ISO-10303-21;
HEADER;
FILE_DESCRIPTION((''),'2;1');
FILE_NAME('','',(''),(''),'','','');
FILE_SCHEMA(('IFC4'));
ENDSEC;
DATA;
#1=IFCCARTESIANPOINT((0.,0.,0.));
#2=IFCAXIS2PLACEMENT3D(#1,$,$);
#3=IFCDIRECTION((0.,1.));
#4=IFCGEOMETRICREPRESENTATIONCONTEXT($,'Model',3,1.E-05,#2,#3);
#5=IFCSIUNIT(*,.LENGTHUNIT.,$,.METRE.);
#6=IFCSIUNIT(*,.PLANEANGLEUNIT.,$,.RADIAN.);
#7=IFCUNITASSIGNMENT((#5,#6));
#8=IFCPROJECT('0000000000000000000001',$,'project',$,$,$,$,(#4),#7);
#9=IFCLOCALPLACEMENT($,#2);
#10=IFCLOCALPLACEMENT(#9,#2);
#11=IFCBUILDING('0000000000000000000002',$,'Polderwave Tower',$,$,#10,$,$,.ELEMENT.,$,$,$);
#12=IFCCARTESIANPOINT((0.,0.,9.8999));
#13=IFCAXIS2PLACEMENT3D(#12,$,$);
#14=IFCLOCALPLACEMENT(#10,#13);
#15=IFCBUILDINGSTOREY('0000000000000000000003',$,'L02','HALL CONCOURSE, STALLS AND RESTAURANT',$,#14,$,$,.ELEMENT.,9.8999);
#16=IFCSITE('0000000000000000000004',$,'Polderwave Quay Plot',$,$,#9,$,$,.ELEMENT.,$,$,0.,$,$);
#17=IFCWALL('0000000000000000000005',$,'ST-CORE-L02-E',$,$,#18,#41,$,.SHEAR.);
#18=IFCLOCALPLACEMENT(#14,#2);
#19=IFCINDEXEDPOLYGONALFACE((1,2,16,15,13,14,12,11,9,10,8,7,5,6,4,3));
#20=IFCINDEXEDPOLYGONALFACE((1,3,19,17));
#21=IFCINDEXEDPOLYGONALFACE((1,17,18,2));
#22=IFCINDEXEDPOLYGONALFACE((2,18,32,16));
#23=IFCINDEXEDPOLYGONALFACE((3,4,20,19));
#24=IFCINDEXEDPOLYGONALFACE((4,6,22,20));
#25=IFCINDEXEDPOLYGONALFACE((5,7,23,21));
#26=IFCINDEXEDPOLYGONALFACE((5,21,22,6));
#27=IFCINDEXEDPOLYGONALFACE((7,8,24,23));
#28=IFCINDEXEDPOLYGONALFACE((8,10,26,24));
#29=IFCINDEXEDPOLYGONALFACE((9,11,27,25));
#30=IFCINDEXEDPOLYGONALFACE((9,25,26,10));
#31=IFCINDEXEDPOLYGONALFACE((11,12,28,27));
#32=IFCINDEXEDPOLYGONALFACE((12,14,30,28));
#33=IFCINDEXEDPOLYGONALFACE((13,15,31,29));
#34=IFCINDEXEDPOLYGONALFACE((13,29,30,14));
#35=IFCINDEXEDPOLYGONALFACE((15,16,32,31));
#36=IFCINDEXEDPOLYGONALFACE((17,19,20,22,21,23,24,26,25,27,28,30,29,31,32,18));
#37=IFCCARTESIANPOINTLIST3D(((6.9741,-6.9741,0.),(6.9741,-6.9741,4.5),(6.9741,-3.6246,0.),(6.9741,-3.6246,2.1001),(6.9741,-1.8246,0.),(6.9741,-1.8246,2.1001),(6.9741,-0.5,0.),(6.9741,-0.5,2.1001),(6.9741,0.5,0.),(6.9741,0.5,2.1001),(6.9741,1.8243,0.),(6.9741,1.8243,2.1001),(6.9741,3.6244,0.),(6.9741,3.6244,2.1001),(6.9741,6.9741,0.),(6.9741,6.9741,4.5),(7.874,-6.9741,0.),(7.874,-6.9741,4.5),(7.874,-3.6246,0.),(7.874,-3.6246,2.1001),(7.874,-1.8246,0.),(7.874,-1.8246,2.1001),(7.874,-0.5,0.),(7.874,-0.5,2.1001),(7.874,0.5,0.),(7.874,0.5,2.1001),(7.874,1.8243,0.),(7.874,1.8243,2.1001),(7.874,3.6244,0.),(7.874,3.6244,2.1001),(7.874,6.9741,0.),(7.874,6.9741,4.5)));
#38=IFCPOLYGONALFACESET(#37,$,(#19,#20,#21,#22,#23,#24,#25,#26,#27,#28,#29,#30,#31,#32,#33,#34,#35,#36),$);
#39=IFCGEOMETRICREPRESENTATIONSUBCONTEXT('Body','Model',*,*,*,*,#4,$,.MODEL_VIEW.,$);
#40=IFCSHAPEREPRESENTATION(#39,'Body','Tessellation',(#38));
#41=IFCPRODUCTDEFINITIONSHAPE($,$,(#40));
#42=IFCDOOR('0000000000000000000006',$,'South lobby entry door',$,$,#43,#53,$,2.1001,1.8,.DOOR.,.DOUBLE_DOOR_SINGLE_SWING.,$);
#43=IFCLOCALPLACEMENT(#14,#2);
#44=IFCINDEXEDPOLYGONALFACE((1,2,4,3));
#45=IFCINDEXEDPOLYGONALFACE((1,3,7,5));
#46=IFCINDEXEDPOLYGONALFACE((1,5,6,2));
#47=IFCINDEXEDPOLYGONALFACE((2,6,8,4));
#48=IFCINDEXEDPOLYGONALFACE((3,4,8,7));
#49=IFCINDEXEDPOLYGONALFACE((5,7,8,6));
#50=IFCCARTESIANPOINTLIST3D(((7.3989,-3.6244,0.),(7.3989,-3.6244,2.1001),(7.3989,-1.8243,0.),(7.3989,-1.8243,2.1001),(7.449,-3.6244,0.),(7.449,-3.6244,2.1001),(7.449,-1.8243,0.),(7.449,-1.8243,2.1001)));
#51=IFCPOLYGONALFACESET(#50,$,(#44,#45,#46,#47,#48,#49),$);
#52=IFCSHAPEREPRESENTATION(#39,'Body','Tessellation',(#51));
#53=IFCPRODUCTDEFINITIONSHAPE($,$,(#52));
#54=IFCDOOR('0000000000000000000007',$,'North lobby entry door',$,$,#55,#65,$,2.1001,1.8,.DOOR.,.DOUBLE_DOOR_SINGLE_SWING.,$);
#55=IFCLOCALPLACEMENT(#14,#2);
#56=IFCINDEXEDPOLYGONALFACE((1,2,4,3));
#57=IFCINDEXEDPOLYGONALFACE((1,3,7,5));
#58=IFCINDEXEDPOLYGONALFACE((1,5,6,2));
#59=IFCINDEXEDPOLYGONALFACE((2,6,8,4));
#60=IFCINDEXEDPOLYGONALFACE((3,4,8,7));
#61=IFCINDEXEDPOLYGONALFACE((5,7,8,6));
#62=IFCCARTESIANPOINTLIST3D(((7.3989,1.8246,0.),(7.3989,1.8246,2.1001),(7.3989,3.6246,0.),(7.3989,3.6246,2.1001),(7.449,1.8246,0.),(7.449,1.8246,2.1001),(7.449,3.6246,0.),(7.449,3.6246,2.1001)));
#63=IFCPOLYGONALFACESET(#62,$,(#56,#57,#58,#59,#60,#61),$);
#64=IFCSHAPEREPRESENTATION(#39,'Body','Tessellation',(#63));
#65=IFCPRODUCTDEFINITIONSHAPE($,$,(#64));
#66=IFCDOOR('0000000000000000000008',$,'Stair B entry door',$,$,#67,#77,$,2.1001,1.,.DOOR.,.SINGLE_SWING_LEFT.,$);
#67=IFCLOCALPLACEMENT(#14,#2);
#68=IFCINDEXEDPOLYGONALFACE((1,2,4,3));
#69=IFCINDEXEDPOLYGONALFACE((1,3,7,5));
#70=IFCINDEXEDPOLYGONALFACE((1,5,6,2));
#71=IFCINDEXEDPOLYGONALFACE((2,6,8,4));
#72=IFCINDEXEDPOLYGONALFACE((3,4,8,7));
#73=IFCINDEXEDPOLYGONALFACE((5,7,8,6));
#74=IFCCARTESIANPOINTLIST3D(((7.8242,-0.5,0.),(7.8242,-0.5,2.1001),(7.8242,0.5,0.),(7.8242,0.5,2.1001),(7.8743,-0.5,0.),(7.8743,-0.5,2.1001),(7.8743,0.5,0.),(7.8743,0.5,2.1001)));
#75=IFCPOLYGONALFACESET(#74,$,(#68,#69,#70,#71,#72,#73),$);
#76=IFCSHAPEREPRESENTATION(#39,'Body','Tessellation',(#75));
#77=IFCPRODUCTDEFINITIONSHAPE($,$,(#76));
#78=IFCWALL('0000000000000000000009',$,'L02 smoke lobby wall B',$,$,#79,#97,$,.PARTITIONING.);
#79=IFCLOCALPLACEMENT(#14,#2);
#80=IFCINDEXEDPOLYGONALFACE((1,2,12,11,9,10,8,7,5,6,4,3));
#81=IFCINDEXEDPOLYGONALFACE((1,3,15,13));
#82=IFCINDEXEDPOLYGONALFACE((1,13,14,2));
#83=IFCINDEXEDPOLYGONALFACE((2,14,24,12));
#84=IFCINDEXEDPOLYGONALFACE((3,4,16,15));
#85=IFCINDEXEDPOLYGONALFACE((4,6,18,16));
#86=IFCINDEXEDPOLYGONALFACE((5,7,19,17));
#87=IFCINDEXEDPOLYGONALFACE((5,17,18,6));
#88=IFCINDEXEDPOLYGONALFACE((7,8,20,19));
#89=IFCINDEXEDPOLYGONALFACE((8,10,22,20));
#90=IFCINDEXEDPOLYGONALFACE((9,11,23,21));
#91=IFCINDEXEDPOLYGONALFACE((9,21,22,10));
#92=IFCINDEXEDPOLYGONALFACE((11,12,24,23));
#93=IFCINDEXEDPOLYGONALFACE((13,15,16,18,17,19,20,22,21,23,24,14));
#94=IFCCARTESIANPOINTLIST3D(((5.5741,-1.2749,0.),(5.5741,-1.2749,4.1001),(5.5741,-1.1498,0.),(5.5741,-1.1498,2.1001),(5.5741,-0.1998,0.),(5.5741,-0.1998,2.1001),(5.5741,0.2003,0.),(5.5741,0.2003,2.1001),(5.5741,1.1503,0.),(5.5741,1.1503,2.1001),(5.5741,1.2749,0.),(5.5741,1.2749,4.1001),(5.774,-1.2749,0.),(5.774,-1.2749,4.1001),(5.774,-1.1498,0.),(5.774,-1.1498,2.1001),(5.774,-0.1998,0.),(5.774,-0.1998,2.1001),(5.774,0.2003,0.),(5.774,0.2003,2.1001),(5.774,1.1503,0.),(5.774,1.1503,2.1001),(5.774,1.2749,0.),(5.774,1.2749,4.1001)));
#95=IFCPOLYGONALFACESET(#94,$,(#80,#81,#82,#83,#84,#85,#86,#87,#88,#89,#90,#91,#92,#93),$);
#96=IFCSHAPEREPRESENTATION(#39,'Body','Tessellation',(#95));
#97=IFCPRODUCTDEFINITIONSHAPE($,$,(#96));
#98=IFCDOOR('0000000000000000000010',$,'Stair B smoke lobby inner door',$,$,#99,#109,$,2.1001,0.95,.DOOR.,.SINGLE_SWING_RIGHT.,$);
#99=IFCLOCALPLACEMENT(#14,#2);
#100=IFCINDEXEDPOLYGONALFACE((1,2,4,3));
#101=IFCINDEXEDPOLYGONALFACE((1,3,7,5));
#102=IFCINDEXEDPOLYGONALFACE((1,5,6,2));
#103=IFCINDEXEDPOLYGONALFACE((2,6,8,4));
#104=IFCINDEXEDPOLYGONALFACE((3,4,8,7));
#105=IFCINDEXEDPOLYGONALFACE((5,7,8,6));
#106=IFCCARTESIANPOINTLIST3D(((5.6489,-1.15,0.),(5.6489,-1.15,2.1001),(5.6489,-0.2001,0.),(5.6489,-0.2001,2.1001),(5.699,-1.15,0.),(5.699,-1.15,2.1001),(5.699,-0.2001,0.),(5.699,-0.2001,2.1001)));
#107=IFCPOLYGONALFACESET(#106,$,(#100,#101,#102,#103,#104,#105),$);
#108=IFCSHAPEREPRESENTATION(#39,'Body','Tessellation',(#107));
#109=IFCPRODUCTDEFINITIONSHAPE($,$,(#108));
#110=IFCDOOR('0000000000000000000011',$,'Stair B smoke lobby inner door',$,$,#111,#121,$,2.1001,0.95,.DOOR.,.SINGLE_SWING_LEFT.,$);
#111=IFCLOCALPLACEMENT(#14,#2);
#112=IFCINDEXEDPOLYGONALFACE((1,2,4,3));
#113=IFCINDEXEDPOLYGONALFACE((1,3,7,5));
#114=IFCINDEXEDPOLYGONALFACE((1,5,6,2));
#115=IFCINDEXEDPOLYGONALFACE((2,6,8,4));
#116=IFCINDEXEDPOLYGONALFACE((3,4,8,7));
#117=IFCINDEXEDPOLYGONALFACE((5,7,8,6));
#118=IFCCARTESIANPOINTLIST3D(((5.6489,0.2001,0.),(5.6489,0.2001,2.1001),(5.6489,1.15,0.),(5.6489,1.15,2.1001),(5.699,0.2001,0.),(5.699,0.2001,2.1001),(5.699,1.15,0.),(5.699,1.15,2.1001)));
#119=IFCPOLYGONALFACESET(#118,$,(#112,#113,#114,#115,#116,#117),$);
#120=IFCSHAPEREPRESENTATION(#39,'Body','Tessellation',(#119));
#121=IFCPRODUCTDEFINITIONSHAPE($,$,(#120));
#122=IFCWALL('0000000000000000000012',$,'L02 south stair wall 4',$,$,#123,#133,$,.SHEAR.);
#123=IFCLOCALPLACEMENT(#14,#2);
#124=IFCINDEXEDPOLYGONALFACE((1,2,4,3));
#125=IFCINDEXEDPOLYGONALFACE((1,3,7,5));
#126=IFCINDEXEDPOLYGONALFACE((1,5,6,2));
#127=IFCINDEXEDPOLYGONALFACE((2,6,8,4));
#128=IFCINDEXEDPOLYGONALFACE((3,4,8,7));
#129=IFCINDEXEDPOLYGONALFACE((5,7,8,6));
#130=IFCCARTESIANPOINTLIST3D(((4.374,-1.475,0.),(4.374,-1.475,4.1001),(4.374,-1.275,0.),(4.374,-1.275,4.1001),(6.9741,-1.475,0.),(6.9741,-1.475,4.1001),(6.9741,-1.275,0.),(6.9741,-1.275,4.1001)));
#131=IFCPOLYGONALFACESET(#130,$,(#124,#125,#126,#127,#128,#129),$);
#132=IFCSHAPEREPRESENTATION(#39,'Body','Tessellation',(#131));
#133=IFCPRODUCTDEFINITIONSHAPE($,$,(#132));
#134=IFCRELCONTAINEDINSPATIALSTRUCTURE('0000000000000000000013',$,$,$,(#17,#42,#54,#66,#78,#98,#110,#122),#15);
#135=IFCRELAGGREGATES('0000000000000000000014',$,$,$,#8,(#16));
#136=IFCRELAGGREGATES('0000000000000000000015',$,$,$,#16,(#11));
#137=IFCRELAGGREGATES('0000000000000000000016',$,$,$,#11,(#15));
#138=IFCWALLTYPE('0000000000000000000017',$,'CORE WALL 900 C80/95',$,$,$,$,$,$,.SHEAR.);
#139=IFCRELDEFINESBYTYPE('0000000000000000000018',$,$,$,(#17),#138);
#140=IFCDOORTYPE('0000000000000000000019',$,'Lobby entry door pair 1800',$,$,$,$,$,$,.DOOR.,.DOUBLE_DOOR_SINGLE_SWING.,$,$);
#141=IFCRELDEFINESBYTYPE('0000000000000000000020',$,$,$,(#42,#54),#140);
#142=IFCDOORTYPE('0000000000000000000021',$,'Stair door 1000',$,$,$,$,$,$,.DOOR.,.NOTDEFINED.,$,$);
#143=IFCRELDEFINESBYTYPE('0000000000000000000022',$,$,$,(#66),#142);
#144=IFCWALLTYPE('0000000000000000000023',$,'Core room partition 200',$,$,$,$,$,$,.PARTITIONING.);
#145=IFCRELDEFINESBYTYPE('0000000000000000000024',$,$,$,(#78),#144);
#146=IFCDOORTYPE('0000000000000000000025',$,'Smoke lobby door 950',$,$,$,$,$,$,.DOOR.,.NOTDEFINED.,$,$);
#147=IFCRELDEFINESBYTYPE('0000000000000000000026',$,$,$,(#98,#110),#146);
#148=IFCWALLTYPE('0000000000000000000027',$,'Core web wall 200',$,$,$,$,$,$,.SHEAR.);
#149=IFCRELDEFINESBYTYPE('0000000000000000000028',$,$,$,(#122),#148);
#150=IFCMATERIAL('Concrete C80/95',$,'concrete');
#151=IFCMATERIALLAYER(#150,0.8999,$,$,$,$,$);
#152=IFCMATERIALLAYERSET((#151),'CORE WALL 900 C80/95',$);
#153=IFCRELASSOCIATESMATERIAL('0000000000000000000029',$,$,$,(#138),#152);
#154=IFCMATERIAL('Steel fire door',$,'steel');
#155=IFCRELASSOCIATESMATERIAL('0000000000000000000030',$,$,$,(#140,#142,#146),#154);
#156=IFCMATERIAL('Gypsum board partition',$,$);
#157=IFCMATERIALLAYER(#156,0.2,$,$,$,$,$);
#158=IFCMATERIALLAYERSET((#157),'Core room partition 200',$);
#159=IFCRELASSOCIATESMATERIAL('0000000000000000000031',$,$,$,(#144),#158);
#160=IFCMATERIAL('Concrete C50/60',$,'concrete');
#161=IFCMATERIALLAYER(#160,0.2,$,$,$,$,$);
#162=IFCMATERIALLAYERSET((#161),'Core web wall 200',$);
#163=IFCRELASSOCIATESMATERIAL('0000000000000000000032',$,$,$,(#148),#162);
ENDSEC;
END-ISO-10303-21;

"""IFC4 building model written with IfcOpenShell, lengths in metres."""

from ifc_helpers import new_model, si_unit, direction, frame, frame_2d, origin, place, context, subcontext, project, spatial, rectangle, extrude, material, layer, layer_set, type_object, element, fill, save


model = new_model("IFC4")

# Units and contexts
model_context = context("Model", 3, precision=1e-05, world=origin(), true_north=direction((0.0, 1.0)))
body_context = subcontext(model_context, "Body", "Model", "MODEL_VIEW")
ifc_project = project(units=[si_unit("LENGTHUNIT", "METRE"), si_unit("PLANEANGLEUNIT", "RADIAN")], contexts=[model_context])

# Site, building, storey
site_placement = place(None, origin())
site = spatial("IfcSite", under=ifc_project, at=site_placement, Name="Polderwave Quay Plot", CompositionType="ELEMENT", RefElevation=0.0)
building_placement = place(site_placement, origin())
building = spatial("IfcBuilding", under=site, at=building_placement, Name="Polderwave Tower", CompositionType="ELEMENT")
storey_placement = place(building_placement, frame((0.0, 0.0, 9.8999)))
storey = spatial("IfcBuildingStorey", under=building, at=storey_placement, Name="L02", Description="HALL CONCOURSE, STALLS AND RESTAURANT", CompositionType="ELEMENT", Elevation=9.8999)

# Walls, openings, doors
ifc_material_1 = material(Name="Concrete C80/95", Category="concrete")
ifc_layer_1 = layer(ifc_material_1, 0.8999)
ifc_layer_set_1 = layer_set([ifc_layer_1], Name="CORE WALL 900 C80/95")
wall_type_1 = type_object("IfcWallType", Name="CORE WALL 900 C80/95", PredefinedType="SHEAR", material=ifc_layer_set_1)
wall_1_placement = place(storey_placement, frame((7.4241, -6.9741, 0.0), z_axis=(0.0, 0.0, 1.0), x_axis=(0.0, 1.0, 0.0)))
wall_1 = element("IfcWall", 1, at=wall_1_placement, inside=storey, type_object=wall_type_1, Name="ST-CORE-L02-E", PredefinedType="SHEAR", context=body_context, shape_type="SweptSolid", body=[
    extrude(rectangle(XDim=13.9482, YDim=0.8999, at=frame_2d((6.9741, 0.0))), origin(), (0.0, 0.0, 1.0), 4.5),
])
opening_1_placement = place(wall_1_placement, frame((6.4741, 0.0, 0.0)))
opening_1 = element("IfcOpeningElement", 2, at=opening_1_placement, cuts=wall_1, PredefinedType="OPENING", context=body_context, shape_type="SweptSolid", body=[
    extrude(rectangle(XDim=1.0, YDim=2.1001, at=frame_2d((0.5, 1.05))), frame((0.0, 0.46, 0.0), z_axis=(0.0, -1.0, 0.0), x_axis=(1.0, 0.0, 0.0)), (0.0, 0.0, 1.0), 0.9199),
])
opening_2_placement = place(wall_1_placement, frame((3.3496, 0.0, 0.0)))
opening_2 = element("IfcOpeningElement", 3, at=opening_2_placement, cuts=wall_1, PredefinedType="OPENING", context=body_context, shape_type="SweptSolid", body=[
    extrude(rectangle(XDim=1.8, YDim=2.1001, at=frame_2d((0.8999, 1.05))), frame((0.0, 0.46, 0.0), z_axis=(0.0, -1.0, 0.0), x_axis=(1.0, 0.0, 0.0)), (0.0, 0.0, 1.0), 0.9199),
])
opening_3_placement = place(wall_1_placement, frame((8.7986, 0.0, 0.0)))
opening_3 = element("IfcOpeningElement", 4, at=opening_3_placement, cuts=wall_1, PredefinedType="OPENING", context=body_context, shape_type="SweptSolid", body=[
    extrude(rectangle(XDim=1.8, YDim=2.1001, at=frame_2d((0.8999, 1.05))), frame((0.0, 0.46, 0.0), z_axis=(0.0, -1.0, 0.0), x_axis=(1.0, 0.0, 0.0)), (0.0, 0.0, 1.0), 0.9199),
])
ifc_material_2 = material(Name="Steel fire door", Category="steel")
door_type_1 = type_object("IfcDoorType", Name="Lobby entry door pair 1800", OperationType="DOUBLE_DOOR_SINGLE_SWING", PredefinedType="DOOR", material=ifc_material_2)
door_1_placement = place(opening_2_placement, frame((1.8, 0.0, 0.0), z_axis=(0.0, 0.0, 1.0), x_axis=(-1.0, 0.0, 0.0)))
door_1 = element("IfcDoor", 5, at=door_1_placement, inside=storey, type_object=door_type_1, Name="South lobby entry door", OperationType="DOUBLE_DOOR_SINGLE_SWING", OverallHeight=2.1001, OverallWidth=1.8, PredefinedType="DOOR", context=body_context, shape_type="SweptSolid", body=[
    extrude(rectangle(XDim=1.8, YDim=2.1001, at=frame_2d((0.8999, 1.05))), frame((0.0, 0.0249, 0.0), z_axis=(0.0, -1.0, 0.0), x_axis=(1.0, 0.0, 0.0)), (0.0, 0.0, 1.0), 0.05),
])
fill(opening_2, door_1)
door_2_placement = place(opening_3_placement, frame((1.8, 0.0, 0.0), z_axis=(0.0, 0.0, 1.0), x_axis=(-1.0, 0.0, 0.0)))
door_2 = element("IfcDoor", 6, at=door_2_placement, inside=storey, type_object=door_type_1, Name="North lobby entry door", OperationType="DOUBLE_DOOR_SINGLE_SWING", OverallHeight=2.1001, OverallWidth=1.8, PredefinedType="DOOR", context=body_context, shape_type="SweptSolid", body=[
    extrude(rectangle(XDim=1.8, YDim=2.1001, at=frame_2d((0.8999, 1.05))), frame((0.0, 0.0249, 0.0), z_axis=(0.0, -1.0, 0.0), x_axis=(1.0, 0.0, 0.0)), (0.0, 0.0, 1.0), 0.05),
])
fill(opening_3, door_2)
door_type_2 = type_object("IfcDoorType", Name="Stair door 1000", OperationType="NOTDEFINED", PredefinedType="DOOR", material=ifc_material_2)
door_3_placement = place(opening_1_placement, frame((1.0, 0.0, 0.0), z_axis=(0.0, 0.0, 1.0), x_axis=(-1.0, 0.0, 0.0)))
door_3 = element("IfcDoor", 7, at=door_3_placement, inside=storey, type_object=door_type_2, Name="Stair B entry door", OperationType="SINGLE_SWING_LEFT", OverallHeight=2.1001, OverallWidth=1.0, PredefinedType="DOOR", context=body_context, shape_type="SweptSolid", body=[
    extrude(rectangle(XDim=1.0, YDim=2.1001, at=frame_2d((0.5, 1.05))), frame((0.0, 0.4502, 0.0), z_axis=(0.0, -1.0, 0.0), x_axis=(1.0, 0.0, 0.0)), (0.0, 0.0, 1.0), 0.05),
])
fill(opening_1, door_3)
ifc_material_3 = material(Name="Gypsum board partition")
ifc_layer_2 = layer(ifc_material_3, 0.2)
ifc_layer_set_2 = layer_set([ifc_layer_2], Name="Core room partition 200")
wall_type_2 = type_object("IfcWallType", Name="Core room partition 200", PredefinedType="PARTITIONING", material=ifc_layer_set_2)
wall_2_placement = place(storey_placement, frame((5.6741, -1.2749, 0.0), z_axis=(0.0, 0.0, 1.0), x_axis=(0.0, 1.0, 0.0)))
wall_2 = element("IfcWall", 8, at=wall_2_placement, inside=storey, type_object=wall_type_2, Name="L02 smoke lobby wall B", PredefinedType="PARTITIONING", context=body_context, shape_type="SweptSolid", body=[
    extrude(rectangle(XDim=2.5498, YDim=0.2, at=frame_2d((1.2749, 0.0))), origin(), (0.0, 0.0, 1.0), 4.1001),
])
opening_4_placement = place(wall_2_placement, frame((0.125, 0.0, 0.0)))
opening_4 = element("IfcOpeningElement", 9, at=opening_4_placement, cuts=wall_2, PredefinedType="OPENING", context=body_context, shape_type="SweptSolid", body=[
    extrude(rectangle(XDim=0.95, YDim=2.1001, at=frame_2d((0.4751, 1.05))), frame((0.0, 0.1099, 0.0), z_axis=(0.0, -1.0, 0.0), x_axis=(1.0, 0.0, 0.0)), (0.0, 0.0, 1.0), 0.22),
])
opening_5_placement = place(wall_2_placement, frame((1.4751, 0.0, 0.0)))
opening_5 = element("IfcOpeningElement", 10, at=opening_5_placement, cuts=wall_2, PredefinedType="OPENING", context=body_context, shape_type="SweptSolid", body=[
    extrude(rectangle(XDim=0.95, YDim=2.1001, at=frame_2d((0.4751, 1.05))), frame((0.0, 0.1099, 0.0), z_axis=(0.0, -1.0, 0.0), x_axis=(1.0, 0.0, 0.0)), (0.0, 0.0, 1.0), 0.22),
])
door_type_3 = type_object("IfcDoorType", Name="Smoke lobby door 950", OperationType="NOTDEFINED", PredefinedType="DOOR", material=ifc_material_2)
door_4_placement = place(opening_4_placement, frame((0.95, 0.0, 0.0), z_axis=(0.0, 0.0, 1.0), x_axis=(-1.0, 0.0, 0.0)))
door_4 = element("IfcDoor", 11, at=door_4_placement, inside=storey, type_object=door_type_3, Name="Stair B smoke lobby inner door", OperationType="SINGLE_SWING_RIGHT", OverallHeight=2.1001, OverallWidth=0.95, PredefinedType="DOOR", context=body_context, shape_type="SweptSolid", body=[
    extrude(rectangle(XDim=0.95, YDim=2.1001, at=frame_2d((0.4751, 1.05))), frame((0.0, 0.0249, 0.0), z_axis=(0.0, -1.0, 0.0), x_axis=(1.0, 0.0, 0.0)), (0.0, 0.0, 1.0), 0.05),
])
fill(opening_4, door_4)
door_5_placement = place(opening_5_placement, frame((0.95, 0.0, 0.0), z_axis=(0.0, 0.0, 1.0), x_axis=(-1.0, 0.0, 0.0)))
door_5 = element("IfcDoor", 12, at=door_5_placement, inside=storey, type_object=door_type_3, Name="Stair B smoke lobby inner door", OperationType="SINGLE_SWING_LEFT", OverallHeight=2.1001, OverallWidth=0.95, PredefinedType="DOOR", context=body_context, shape_type="SweptSolid", body=[
    extrude(rectangle(XDim=0.95, YDim=2.1001, at=frame_2d((0.4751, 1.05))), frame((0.0, 0.0249, 0.0), z_axis=(0.0, -1.0, 0.0), x_axis=(1.0, 0.0, 0.0)), (0.0, 0.0, 1.0), 0.05),
])
fill(opening_5, door_5)

# Wall
ifc_material_4 = material(Name="Concrete C50/60", Category="concrete")
ifc_layer_3 = layer(ifc_material_4, 0.2)
ifc_layer_set_3 = layer_set([ifc_layer_3], Name="Core web wall 200")
wall_type_3 = type_object("IfcWallType", Name="Core web wall 200", PredefinedType="SHEAR", material=ifc_layer_set_3)
wall_3_placement = place(storey_placement, frame((4.374, -1.375, 0.0), z_axis=(0.0, 0.0, 1.0), x_axis=(1.0, 0.0, 0.0)))
element("IfcWall", 13, at=wall_3_placement, inside=storey, type_object=wall_type_3, Name="L02 south stair wall 4", PredefinedType="SHEAR", context=body_context, shape_type="SweptSolid", body=[
    extrude(rectangle(XDim=2.6001, YDim=0.2, at=frame_2d((1.3, 0.0))), origin(), (0.0, 0.0, 1.0), 4.1001),
])

save(model, "model.ifc")
